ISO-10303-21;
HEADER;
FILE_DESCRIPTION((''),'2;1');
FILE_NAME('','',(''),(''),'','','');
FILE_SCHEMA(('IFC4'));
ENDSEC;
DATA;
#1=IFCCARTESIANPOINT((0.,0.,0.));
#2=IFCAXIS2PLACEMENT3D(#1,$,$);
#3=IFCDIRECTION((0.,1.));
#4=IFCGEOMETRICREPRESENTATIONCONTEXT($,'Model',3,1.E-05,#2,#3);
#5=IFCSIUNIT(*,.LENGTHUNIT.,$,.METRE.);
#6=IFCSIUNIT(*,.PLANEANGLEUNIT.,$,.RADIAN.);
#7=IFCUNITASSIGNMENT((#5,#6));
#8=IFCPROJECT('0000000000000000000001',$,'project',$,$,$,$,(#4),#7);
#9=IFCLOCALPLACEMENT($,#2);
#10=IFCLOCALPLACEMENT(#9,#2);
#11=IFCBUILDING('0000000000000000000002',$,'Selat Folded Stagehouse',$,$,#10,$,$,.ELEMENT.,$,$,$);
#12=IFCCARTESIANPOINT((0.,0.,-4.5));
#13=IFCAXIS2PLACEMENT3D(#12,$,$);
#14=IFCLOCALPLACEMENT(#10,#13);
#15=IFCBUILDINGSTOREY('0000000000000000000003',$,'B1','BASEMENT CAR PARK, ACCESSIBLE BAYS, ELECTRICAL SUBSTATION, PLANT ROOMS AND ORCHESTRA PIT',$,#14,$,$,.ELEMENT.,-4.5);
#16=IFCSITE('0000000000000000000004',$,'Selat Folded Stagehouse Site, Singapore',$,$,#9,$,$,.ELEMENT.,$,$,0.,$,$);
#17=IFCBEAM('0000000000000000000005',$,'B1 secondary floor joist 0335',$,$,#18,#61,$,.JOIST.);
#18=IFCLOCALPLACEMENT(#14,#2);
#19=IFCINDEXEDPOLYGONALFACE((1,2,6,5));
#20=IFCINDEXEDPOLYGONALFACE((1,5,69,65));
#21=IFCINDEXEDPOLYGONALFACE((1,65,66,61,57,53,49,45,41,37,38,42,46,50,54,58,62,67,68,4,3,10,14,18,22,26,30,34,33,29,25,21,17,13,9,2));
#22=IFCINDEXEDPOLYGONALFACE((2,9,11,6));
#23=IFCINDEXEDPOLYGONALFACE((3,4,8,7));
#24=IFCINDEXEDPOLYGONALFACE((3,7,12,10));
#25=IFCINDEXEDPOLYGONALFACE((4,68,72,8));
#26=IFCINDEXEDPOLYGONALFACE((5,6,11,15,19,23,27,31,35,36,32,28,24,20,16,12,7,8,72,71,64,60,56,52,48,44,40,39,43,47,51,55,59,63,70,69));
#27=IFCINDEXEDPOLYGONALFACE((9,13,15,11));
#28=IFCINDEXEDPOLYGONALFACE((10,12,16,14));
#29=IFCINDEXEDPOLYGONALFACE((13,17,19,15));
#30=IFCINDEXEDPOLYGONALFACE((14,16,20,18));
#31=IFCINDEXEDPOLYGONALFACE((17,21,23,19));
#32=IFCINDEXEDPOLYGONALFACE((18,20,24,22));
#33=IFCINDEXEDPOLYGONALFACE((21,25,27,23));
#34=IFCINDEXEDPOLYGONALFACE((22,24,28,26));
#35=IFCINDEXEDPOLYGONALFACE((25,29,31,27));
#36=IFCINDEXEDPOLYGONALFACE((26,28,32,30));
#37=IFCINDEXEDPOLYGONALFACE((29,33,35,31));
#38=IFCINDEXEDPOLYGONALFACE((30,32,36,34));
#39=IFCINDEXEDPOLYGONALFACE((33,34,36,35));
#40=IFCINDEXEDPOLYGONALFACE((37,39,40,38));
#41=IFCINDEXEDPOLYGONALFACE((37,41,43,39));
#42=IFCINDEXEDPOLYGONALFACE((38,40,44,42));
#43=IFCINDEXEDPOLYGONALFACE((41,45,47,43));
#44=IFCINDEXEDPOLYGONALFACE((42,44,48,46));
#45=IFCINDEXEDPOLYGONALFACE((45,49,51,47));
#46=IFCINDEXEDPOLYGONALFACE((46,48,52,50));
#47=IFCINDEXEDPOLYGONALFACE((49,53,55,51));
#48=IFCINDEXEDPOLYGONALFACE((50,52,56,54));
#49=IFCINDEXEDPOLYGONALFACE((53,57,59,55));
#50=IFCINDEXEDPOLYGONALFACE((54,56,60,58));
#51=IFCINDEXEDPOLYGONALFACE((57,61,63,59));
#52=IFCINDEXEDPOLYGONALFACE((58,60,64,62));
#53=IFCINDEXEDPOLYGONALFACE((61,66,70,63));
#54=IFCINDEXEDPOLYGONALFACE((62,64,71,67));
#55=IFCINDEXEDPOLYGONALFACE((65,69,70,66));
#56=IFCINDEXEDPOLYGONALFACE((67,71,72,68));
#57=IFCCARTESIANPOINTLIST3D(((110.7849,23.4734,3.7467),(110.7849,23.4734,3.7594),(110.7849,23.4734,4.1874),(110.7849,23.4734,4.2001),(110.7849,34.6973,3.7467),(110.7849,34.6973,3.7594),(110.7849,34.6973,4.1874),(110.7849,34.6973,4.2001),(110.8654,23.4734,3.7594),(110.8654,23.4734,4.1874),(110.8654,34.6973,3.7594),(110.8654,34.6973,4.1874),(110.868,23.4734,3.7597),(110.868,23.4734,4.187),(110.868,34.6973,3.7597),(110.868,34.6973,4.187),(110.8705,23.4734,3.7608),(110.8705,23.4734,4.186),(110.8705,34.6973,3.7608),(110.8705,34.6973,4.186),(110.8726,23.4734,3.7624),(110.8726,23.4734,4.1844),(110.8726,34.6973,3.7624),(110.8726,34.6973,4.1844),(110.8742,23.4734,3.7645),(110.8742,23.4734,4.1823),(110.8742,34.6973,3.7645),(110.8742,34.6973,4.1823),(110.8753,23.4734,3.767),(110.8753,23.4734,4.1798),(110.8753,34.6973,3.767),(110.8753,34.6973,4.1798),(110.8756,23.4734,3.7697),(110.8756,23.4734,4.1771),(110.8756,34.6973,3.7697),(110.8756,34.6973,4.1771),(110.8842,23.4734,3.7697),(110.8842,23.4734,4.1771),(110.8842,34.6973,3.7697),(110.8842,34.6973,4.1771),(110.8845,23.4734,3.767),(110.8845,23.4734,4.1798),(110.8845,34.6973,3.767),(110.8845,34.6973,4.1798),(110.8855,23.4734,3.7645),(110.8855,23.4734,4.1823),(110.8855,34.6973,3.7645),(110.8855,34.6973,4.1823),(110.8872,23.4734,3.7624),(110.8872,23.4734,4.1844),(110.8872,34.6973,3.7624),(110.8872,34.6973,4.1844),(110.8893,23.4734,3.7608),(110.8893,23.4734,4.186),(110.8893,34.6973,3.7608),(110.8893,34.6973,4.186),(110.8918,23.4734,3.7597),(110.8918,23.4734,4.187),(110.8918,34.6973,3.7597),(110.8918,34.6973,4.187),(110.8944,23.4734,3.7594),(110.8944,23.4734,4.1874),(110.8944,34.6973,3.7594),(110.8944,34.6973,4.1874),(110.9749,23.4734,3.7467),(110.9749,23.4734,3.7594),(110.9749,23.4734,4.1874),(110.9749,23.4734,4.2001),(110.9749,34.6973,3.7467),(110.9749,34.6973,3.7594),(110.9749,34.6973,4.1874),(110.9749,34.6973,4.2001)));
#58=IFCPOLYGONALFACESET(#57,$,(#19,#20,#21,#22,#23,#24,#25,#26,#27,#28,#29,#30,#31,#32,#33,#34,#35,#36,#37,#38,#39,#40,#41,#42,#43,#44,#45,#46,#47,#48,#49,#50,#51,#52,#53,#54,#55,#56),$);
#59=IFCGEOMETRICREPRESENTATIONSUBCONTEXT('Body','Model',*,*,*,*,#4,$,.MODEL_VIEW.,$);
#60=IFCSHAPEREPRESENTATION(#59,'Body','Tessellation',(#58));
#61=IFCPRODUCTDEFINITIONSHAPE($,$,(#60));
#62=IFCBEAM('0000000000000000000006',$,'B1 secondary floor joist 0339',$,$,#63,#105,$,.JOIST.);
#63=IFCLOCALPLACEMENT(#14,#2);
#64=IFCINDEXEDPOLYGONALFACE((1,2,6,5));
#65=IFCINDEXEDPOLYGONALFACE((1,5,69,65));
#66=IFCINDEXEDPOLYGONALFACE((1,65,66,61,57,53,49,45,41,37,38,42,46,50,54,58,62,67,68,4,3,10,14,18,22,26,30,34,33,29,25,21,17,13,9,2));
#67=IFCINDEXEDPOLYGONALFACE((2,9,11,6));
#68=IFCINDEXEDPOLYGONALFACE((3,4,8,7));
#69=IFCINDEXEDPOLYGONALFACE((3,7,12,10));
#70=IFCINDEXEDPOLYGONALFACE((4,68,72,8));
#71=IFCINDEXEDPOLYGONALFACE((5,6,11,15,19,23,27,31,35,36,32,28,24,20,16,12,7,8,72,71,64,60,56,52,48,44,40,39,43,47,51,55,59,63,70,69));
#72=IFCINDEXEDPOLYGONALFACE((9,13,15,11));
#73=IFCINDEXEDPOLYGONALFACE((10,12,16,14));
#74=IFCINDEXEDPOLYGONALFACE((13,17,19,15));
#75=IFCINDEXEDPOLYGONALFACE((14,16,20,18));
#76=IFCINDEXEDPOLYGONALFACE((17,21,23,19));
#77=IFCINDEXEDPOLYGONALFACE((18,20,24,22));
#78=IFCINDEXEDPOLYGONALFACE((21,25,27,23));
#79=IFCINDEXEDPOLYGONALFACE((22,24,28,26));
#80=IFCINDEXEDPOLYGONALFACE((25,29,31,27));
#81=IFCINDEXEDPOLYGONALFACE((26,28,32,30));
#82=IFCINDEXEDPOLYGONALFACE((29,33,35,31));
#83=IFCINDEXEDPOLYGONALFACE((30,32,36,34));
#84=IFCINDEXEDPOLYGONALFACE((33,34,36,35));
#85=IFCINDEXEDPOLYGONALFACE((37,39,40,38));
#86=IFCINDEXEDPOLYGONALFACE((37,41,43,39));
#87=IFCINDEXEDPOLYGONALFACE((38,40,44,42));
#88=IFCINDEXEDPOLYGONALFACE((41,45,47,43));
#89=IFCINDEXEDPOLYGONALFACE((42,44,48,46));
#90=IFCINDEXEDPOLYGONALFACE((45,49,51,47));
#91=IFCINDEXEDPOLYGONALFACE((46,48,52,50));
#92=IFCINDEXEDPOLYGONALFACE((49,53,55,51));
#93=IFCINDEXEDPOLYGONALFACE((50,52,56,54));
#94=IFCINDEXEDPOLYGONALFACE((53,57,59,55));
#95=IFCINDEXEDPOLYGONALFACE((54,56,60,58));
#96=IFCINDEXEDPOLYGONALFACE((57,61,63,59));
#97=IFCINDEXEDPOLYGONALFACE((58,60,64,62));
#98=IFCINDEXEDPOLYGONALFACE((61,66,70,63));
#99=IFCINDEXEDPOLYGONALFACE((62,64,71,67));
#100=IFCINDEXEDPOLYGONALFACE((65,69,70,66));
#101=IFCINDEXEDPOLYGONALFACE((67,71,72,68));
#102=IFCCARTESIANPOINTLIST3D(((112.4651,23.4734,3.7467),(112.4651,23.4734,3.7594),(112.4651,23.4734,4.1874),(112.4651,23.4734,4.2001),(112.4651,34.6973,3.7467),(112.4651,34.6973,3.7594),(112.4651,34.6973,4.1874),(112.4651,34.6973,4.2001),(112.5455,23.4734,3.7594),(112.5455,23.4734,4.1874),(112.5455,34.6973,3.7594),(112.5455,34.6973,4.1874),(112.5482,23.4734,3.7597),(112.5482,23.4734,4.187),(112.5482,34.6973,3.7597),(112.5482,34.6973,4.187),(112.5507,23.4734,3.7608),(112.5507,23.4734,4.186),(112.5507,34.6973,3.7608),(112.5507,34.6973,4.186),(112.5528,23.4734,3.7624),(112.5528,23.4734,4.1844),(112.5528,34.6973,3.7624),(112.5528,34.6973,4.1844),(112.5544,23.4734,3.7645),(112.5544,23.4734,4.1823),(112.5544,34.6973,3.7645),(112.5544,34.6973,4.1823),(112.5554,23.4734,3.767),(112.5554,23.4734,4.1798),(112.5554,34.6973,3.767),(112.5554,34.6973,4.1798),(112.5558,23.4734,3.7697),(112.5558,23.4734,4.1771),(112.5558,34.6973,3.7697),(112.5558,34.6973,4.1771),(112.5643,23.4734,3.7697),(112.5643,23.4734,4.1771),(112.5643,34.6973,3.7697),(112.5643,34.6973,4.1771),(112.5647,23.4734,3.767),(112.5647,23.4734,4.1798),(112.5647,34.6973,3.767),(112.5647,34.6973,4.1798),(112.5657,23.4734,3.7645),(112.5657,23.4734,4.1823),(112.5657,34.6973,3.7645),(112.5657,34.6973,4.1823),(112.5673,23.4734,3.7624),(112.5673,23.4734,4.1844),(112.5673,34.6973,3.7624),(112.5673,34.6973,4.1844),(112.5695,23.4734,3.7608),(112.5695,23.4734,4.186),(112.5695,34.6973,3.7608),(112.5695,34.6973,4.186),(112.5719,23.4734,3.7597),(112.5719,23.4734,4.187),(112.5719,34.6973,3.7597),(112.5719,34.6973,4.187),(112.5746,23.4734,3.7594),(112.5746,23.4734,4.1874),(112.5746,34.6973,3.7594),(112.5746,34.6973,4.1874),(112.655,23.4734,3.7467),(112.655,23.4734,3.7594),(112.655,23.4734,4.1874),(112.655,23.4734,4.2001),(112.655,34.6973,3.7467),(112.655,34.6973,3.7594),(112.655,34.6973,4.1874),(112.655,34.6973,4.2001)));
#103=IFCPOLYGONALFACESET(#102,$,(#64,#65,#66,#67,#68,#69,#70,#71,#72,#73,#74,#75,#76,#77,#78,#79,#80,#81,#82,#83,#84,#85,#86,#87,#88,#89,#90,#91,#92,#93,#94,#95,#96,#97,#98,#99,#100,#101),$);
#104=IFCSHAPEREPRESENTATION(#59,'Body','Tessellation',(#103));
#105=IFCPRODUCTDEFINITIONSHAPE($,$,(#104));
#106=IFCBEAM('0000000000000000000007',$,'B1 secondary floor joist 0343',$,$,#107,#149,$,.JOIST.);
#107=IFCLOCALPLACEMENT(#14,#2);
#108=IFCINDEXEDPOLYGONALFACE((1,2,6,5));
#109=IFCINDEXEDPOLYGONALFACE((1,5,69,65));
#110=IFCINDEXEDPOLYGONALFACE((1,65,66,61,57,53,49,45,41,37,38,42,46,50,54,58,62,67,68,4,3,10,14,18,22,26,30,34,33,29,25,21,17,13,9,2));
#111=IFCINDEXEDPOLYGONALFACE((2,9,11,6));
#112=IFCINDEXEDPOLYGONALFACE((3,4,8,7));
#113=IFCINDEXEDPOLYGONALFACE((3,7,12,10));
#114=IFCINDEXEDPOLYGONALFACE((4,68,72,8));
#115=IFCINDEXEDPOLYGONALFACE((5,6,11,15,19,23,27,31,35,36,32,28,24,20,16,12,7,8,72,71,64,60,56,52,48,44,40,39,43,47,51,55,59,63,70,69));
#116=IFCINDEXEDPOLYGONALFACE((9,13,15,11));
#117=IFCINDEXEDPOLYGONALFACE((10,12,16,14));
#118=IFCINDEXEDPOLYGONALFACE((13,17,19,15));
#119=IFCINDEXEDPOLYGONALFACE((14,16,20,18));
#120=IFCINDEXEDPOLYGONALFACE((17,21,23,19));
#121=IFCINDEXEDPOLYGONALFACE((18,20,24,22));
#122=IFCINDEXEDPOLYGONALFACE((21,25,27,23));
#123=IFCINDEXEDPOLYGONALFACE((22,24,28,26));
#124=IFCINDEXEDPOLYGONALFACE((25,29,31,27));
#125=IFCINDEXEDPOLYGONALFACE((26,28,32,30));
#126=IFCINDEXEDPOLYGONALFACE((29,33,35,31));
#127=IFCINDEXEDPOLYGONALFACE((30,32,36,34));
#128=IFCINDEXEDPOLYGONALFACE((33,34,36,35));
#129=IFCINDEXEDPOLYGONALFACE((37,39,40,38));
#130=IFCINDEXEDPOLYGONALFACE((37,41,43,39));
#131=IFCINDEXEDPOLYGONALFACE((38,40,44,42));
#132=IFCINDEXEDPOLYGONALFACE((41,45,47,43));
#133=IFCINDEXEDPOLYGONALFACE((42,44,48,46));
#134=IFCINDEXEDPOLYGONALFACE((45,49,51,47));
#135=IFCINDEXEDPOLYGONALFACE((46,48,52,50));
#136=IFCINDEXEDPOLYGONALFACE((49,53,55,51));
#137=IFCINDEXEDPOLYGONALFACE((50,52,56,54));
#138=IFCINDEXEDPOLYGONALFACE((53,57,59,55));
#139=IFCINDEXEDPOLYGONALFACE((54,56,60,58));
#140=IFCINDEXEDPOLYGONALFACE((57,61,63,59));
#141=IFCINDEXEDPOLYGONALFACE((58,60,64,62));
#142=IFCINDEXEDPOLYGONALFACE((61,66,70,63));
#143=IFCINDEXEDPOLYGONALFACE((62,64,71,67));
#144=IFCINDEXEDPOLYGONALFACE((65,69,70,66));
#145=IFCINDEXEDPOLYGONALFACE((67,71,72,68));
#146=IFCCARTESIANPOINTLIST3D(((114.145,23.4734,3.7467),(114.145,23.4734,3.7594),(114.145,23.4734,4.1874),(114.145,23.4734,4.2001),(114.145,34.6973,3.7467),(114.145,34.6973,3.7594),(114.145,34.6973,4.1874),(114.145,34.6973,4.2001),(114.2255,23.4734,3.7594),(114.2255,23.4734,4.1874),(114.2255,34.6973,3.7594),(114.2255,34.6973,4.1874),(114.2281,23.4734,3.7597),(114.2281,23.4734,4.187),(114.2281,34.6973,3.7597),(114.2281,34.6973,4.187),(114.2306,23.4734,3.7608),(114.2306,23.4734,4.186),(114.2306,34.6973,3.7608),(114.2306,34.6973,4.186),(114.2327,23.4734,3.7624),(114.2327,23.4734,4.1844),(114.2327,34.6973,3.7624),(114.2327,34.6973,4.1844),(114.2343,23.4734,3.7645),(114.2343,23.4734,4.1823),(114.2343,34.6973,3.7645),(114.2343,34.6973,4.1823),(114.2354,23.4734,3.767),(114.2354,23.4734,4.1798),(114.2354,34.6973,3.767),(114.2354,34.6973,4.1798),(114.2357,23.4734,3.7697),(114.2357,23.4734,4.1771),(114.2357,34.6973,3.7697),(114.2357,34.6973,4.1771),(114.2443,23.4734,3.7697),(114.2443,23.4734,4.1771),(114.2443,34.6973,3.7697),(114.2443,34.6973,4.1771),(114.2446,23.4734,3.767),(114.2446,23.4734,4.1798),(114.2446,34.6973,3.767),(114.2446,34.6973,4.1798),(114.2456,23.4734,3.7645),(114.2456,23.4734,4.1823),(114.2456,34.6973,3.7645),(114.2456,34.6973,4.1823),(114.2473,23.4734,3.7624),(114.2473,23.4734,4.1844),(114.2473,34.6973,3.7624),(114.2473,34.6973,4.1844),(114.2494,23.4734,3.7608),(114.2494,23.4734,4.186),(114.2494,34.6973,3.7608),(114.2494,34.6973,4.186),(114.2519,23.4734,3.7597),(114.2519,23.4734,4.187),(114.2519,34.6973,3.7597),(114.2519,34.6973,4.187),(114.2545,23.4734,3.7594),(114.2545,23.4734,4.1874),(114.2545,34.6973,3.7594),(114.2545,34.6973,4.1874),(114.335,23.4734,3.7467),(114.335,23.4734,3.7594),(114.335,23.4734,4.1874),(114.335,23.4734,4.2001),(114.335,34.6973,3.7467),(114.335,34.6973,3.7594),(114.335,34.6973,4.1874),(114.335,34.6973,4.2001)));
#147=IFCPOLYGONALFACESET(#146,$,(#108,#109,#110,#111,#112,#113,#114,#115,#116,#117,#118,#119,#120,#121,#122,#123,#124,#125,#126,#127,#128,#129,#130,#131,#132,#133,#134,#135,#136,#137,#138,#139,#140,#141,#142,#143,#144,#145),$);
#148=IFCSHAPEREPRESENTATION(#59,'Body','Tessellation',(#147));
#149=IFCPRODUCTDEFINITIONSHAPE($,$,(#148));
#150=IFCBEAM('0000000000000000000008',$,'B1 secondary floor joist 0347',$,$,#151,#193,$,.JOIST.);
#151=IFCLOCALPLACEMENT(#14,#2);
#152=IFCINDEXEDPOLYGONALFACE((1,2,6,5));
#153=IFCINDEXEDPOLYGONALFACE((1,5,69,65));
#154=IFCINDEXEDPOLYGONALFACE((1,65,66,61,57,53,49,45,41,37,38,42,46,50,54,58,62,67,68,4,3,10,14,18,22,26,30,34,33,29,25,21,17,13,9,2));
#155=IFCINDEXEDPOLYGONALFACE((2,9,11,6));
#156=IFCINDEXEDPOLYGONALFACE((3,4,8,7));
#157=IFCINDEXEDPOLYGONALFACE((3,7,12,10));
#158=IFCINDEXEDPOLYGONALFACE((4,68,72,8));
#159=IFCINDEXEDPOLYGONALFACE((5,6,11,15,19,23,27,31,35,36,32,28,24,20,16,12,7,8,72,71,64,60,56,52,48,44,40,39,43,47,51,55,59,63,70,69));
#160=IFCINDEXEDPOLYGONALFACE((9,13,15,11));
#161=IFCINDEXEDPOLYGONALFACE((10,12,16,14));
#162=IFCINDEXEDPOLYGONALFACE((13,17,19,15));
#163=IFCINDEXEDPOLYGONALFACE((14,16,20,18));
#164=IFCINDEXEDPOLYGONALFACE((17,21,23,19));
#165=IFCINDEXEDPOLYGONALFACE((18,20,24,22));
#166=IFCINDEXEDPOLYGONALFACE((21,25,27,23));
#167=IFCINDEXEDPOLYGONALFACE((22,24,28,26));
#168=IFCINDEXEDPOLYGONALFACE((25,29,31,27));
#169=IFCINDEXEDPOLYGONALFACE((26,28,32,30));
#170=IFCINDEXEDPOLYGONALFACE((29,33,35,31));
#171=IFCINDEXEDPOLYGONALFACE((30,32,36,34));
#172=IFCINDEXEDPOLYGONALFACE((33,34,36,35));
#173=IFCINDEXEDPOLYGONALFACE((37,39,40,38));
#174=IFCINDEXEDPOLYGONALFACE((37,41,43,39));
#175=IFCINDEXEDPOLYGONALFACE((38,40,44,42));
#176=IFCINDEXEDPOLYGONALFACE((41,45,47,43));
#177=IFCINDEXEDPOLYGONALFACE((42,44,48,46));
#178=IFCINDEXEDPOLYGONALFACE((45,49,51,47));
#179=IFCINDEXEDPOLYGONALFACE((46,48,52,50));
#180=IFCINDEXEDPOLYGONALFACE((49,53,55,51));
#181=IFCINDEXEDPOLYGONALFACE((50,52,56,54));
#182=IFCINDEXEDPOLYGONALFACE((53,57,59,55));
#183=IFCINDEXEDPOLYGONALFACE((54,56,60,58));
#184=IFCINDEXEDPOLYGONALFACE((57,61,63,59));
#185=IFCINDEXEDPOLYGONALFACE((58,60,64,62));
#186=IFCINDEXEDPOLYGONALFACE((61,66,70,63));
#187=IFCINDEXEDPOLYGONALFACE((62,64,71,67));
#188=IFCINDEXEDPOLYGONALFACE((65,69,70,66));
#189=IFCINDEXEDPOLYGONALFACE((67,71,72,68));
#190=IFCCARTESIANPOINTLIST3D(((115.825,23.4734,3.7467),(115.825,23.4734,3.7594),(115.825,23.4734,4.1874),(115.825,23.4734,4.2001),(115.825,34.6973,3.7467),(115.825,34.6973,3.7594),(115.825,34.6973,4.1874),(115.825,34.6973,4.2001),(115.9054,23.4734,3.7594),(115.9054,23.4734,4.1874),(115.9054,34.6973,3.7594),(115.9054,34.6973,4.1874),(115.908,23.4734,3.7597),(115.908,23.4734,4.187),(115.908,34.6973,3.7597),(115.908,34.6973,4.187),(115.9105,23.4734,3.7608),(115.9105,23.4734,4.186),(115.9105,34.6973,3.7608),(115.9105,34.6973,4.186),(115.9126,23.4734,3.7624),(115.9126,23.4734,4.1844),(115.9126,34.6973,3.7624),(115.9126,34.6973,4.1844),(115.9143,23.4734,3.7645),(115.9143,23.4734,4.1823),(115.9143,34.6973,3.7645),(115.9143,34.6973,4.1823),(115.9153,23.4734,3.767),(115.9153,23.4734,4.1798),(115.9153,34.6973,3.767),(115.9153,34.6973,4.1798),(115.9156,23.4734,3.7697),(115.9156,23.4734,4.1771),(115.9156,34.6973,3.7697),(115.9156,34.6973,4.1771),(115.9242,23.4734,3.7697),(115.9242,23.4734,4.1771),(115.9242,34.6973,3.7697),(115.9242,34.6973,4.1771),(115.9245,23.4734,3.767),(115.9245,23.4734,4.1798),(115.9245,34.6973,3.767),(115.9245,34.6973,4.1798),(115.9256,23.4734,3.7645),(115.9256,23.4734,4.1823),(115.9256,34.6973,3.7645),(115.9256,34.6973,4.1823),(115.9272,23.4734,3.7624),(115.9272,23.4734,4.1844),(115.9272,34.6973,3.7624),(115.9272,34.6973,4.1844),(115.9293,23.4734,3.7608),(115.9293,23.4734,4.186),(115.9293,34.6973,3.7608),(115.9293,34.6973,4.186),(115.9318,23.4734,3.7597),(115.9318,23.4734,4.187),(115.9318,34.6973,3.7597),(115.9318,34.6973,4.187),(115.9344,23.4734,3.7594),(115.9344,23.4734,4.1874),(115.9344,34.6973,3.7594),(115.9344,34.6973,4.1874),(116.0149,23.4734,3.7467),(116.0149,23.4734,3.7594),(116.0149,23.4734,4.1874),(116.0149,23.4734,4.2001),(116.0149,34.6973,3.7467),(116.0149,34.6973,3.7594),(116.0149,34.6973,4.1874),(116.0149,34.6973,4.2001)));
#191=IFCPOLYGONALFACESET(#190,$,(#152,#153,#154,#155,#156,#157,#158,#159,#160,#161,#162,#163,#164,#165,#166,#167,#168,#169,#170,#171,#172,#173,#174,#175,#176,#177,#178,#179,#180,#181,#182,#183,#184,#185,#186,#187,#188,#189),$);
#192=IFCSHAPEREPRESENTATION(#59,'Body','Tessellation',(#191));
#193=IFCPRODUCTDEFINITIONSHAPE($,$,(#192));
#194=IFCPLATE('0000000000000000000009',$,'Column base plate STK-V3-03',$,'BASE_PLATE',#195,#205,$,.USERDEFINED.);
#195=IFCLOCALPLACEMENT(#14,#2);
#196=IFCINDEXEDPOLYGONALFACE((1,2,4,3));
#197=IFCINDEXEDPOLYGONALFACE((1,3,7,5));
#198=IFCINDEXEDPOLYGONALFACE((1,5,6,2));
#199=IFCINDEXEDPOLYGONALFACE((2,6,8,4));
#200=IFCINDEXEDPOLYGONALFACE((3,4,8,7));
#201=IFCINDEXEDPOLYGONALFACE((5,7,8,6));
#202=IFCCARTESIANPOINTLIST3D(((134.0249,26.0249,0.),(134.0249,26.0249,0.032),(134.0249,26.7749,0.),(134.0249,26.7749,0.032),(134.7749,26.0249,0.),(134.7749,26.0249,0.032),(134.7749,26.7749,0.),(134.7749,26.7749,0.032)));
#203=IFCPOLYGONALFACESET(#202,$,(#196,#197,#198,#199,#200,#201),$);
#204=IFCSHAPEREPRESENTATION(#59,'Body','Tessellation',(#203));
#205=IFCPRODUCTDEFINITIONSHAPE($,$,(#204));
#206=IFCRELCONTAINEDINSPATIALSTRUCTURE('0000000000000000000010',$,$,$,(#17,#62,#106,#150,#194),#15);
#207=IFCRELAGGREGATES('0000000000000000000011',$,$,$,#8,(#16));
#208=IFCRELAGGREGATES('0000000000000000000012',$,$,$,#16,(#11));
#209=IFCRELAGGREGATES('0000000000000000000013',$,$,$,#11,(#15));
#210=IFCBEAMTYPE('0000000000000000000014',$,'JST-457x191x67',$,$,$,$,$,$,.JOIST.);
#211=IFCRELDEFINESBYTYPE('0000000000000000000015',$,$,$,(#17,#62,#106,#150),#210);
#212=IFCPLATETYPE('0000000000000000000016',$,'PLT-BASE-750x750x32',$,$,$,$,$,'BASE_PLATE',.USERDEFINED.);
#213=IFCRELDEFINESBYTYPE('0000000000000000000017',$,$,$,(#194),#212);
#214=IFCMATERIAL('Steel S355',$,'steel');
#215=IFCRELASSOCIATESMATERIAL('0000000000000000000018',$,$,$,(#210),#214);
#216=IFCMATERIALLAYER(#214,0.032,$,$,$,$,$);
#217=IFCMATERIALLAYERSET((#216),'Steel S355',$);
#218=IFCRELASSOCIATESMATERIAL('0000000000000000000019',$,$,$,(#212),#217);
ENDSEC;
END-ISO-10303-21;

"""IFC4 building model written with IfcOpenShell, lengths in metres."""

from ifc_helpers import new_model, si_unit, direction, frame, origin, origin_2d, place, context, subcontext, project, spatial, rectangle, i_section, extrude, material, layer, layer_set, material_profile, profile_set, type_object, element, save


model = new_model("IFC4")

# Units and contexts
model_context = context("Model", 3, precision=1e-05, world=origin(), true_north=direction((0.0, 1.0)))
body_context = subcontext(model_context, "Body", "Model", "MODEL_VIEW")
ifc_project = project(units=[si_unit("LENGTHUNIT", "METRE"), si_unit("PLANEANGLEUNIT", "RADIAN")], contexts=[model_context])

# Site, building, storey
site_placement = place(None, origin())
site = spatial("IfcSite", under=ifc_project, at=site_placement, Name="Selat Folded Stagehouse Site, Singapore", CompositionType="ELEMENT", RefElevation=0.0)
building_placement = place(site_placement, origin())
building = spatial("IfcBuilding", under=site, at=building_placement, Name="Selat Folded Stagehouse", CompositionType="ELEMENT")
storey_placement = place(building_placement, frame((0.0, 0.0, -4.5)))
storey = spatial("IfcBuildingStorey", under=building, at=storey_placement, Name="B1", Description="BASEMENT CAR PARK, ACCESSIBLE BAYS, ELECTRICAL SUBSTATION, PLANT ROOMS AND ORCHESTRA PIT", CompositionType="ELEMENT", Elevation=-4.5)

# Beams
ifc_material_1 = material(Name="Steel S355", Category="steel")
ifc_material_profile_1 = material_profile(ifc_material_1, i_section(OverallWidth=0.1899, OverallDepth=0.4534, WebThickness=0.0085, FlangeThickness=0.0127, FilletRadius=0.0103, at=origin_2d()), Name="UKB 457x191x67")
ifc_profile_set_1 = profile_set([ifc_material_profile_1], Name="Steel S355")
beam_type_1 = type_object("IfcBeamType", Name="JST-457x191x67", PredefinedType="JOIST", material=ifc_profile_set_1)
for number, where, z_axis, x_axis, name in (
    (1, (110.8799, 23.4734, 3.9734), (0.0, 1.0, 0.0), (-1.0, 0.0, 0.0), "B1 secondary floor joist 0335"),
    (2, (112.5601, 23.4734, 3.9734), (0.0, 1.0, 0.0), (-1.0, 0.0, 0.0), "B1 secondary floor joist 0339"),
    (3, (114.24, 23.4734, 3.9734), (0.0, 1.0, 0.0), (-1.0, 0.0, 0.0), "B1 secondary floor joist 0343"),
    (4, (115.9199, 23.4734, 3.9734), (0.0, 1.0, 0.0), (-1.0, 0.0, 0.0), "B1 secondary floor joist 0347"),
):
    element("IfcBeam", number, at=place(storey_placement, frame(where, z_axis=z_axis, x_axis=x_axis)), inside=storey, type_object=beam_type_1, Name=name, PredefinedType="JOIST", context=body_context, shape_type="SweptSolid", body=[
        extrude(i_section(OverallWidth=0.1899, OverallDepth=0.4534, WebThickness=0.0085, FlangeThickness=0.0127, FilletRadius=0.0103, at=origin_2d()), origin(), (0.0, 0.0, 1.0), 11.2239),
    ])

# Plate
ifc_layer = layer(ifc_material_1, 0.032)
ifc_layer_set = layer_set([ifc_layer], Name="Steel S355")
plate_type = type_object("IfcPlateType", Name="PLT-BASE-750x750x32", ElementType="BASE_PLATE", PredefinedType="USERDEFINED", material=ifc_layer_set)
plate_placement = place(storey_placement, frame((134.3999, 26.3999, 0.0), z_axis=(0.0, 0.0, 1.0), x_axis=(1.0, 0.0, 0.0)))
element("IfcPlate", 5, at=plate_placement, inside=storey, type_object=plate_type, Name="Column base plate STK-V3-03", ObjectType="BASE_PLATE", PredefinedType="USERDEFINED", context=body_context, shape_type="SweptSolid", body=[
    extrude(rectangle(XDim=0.75, YDim=0.75, at=origin_2d()), origin(), (0.0, 0.0, 1.0), 0.032),
])

save(model, "model.ifc")
